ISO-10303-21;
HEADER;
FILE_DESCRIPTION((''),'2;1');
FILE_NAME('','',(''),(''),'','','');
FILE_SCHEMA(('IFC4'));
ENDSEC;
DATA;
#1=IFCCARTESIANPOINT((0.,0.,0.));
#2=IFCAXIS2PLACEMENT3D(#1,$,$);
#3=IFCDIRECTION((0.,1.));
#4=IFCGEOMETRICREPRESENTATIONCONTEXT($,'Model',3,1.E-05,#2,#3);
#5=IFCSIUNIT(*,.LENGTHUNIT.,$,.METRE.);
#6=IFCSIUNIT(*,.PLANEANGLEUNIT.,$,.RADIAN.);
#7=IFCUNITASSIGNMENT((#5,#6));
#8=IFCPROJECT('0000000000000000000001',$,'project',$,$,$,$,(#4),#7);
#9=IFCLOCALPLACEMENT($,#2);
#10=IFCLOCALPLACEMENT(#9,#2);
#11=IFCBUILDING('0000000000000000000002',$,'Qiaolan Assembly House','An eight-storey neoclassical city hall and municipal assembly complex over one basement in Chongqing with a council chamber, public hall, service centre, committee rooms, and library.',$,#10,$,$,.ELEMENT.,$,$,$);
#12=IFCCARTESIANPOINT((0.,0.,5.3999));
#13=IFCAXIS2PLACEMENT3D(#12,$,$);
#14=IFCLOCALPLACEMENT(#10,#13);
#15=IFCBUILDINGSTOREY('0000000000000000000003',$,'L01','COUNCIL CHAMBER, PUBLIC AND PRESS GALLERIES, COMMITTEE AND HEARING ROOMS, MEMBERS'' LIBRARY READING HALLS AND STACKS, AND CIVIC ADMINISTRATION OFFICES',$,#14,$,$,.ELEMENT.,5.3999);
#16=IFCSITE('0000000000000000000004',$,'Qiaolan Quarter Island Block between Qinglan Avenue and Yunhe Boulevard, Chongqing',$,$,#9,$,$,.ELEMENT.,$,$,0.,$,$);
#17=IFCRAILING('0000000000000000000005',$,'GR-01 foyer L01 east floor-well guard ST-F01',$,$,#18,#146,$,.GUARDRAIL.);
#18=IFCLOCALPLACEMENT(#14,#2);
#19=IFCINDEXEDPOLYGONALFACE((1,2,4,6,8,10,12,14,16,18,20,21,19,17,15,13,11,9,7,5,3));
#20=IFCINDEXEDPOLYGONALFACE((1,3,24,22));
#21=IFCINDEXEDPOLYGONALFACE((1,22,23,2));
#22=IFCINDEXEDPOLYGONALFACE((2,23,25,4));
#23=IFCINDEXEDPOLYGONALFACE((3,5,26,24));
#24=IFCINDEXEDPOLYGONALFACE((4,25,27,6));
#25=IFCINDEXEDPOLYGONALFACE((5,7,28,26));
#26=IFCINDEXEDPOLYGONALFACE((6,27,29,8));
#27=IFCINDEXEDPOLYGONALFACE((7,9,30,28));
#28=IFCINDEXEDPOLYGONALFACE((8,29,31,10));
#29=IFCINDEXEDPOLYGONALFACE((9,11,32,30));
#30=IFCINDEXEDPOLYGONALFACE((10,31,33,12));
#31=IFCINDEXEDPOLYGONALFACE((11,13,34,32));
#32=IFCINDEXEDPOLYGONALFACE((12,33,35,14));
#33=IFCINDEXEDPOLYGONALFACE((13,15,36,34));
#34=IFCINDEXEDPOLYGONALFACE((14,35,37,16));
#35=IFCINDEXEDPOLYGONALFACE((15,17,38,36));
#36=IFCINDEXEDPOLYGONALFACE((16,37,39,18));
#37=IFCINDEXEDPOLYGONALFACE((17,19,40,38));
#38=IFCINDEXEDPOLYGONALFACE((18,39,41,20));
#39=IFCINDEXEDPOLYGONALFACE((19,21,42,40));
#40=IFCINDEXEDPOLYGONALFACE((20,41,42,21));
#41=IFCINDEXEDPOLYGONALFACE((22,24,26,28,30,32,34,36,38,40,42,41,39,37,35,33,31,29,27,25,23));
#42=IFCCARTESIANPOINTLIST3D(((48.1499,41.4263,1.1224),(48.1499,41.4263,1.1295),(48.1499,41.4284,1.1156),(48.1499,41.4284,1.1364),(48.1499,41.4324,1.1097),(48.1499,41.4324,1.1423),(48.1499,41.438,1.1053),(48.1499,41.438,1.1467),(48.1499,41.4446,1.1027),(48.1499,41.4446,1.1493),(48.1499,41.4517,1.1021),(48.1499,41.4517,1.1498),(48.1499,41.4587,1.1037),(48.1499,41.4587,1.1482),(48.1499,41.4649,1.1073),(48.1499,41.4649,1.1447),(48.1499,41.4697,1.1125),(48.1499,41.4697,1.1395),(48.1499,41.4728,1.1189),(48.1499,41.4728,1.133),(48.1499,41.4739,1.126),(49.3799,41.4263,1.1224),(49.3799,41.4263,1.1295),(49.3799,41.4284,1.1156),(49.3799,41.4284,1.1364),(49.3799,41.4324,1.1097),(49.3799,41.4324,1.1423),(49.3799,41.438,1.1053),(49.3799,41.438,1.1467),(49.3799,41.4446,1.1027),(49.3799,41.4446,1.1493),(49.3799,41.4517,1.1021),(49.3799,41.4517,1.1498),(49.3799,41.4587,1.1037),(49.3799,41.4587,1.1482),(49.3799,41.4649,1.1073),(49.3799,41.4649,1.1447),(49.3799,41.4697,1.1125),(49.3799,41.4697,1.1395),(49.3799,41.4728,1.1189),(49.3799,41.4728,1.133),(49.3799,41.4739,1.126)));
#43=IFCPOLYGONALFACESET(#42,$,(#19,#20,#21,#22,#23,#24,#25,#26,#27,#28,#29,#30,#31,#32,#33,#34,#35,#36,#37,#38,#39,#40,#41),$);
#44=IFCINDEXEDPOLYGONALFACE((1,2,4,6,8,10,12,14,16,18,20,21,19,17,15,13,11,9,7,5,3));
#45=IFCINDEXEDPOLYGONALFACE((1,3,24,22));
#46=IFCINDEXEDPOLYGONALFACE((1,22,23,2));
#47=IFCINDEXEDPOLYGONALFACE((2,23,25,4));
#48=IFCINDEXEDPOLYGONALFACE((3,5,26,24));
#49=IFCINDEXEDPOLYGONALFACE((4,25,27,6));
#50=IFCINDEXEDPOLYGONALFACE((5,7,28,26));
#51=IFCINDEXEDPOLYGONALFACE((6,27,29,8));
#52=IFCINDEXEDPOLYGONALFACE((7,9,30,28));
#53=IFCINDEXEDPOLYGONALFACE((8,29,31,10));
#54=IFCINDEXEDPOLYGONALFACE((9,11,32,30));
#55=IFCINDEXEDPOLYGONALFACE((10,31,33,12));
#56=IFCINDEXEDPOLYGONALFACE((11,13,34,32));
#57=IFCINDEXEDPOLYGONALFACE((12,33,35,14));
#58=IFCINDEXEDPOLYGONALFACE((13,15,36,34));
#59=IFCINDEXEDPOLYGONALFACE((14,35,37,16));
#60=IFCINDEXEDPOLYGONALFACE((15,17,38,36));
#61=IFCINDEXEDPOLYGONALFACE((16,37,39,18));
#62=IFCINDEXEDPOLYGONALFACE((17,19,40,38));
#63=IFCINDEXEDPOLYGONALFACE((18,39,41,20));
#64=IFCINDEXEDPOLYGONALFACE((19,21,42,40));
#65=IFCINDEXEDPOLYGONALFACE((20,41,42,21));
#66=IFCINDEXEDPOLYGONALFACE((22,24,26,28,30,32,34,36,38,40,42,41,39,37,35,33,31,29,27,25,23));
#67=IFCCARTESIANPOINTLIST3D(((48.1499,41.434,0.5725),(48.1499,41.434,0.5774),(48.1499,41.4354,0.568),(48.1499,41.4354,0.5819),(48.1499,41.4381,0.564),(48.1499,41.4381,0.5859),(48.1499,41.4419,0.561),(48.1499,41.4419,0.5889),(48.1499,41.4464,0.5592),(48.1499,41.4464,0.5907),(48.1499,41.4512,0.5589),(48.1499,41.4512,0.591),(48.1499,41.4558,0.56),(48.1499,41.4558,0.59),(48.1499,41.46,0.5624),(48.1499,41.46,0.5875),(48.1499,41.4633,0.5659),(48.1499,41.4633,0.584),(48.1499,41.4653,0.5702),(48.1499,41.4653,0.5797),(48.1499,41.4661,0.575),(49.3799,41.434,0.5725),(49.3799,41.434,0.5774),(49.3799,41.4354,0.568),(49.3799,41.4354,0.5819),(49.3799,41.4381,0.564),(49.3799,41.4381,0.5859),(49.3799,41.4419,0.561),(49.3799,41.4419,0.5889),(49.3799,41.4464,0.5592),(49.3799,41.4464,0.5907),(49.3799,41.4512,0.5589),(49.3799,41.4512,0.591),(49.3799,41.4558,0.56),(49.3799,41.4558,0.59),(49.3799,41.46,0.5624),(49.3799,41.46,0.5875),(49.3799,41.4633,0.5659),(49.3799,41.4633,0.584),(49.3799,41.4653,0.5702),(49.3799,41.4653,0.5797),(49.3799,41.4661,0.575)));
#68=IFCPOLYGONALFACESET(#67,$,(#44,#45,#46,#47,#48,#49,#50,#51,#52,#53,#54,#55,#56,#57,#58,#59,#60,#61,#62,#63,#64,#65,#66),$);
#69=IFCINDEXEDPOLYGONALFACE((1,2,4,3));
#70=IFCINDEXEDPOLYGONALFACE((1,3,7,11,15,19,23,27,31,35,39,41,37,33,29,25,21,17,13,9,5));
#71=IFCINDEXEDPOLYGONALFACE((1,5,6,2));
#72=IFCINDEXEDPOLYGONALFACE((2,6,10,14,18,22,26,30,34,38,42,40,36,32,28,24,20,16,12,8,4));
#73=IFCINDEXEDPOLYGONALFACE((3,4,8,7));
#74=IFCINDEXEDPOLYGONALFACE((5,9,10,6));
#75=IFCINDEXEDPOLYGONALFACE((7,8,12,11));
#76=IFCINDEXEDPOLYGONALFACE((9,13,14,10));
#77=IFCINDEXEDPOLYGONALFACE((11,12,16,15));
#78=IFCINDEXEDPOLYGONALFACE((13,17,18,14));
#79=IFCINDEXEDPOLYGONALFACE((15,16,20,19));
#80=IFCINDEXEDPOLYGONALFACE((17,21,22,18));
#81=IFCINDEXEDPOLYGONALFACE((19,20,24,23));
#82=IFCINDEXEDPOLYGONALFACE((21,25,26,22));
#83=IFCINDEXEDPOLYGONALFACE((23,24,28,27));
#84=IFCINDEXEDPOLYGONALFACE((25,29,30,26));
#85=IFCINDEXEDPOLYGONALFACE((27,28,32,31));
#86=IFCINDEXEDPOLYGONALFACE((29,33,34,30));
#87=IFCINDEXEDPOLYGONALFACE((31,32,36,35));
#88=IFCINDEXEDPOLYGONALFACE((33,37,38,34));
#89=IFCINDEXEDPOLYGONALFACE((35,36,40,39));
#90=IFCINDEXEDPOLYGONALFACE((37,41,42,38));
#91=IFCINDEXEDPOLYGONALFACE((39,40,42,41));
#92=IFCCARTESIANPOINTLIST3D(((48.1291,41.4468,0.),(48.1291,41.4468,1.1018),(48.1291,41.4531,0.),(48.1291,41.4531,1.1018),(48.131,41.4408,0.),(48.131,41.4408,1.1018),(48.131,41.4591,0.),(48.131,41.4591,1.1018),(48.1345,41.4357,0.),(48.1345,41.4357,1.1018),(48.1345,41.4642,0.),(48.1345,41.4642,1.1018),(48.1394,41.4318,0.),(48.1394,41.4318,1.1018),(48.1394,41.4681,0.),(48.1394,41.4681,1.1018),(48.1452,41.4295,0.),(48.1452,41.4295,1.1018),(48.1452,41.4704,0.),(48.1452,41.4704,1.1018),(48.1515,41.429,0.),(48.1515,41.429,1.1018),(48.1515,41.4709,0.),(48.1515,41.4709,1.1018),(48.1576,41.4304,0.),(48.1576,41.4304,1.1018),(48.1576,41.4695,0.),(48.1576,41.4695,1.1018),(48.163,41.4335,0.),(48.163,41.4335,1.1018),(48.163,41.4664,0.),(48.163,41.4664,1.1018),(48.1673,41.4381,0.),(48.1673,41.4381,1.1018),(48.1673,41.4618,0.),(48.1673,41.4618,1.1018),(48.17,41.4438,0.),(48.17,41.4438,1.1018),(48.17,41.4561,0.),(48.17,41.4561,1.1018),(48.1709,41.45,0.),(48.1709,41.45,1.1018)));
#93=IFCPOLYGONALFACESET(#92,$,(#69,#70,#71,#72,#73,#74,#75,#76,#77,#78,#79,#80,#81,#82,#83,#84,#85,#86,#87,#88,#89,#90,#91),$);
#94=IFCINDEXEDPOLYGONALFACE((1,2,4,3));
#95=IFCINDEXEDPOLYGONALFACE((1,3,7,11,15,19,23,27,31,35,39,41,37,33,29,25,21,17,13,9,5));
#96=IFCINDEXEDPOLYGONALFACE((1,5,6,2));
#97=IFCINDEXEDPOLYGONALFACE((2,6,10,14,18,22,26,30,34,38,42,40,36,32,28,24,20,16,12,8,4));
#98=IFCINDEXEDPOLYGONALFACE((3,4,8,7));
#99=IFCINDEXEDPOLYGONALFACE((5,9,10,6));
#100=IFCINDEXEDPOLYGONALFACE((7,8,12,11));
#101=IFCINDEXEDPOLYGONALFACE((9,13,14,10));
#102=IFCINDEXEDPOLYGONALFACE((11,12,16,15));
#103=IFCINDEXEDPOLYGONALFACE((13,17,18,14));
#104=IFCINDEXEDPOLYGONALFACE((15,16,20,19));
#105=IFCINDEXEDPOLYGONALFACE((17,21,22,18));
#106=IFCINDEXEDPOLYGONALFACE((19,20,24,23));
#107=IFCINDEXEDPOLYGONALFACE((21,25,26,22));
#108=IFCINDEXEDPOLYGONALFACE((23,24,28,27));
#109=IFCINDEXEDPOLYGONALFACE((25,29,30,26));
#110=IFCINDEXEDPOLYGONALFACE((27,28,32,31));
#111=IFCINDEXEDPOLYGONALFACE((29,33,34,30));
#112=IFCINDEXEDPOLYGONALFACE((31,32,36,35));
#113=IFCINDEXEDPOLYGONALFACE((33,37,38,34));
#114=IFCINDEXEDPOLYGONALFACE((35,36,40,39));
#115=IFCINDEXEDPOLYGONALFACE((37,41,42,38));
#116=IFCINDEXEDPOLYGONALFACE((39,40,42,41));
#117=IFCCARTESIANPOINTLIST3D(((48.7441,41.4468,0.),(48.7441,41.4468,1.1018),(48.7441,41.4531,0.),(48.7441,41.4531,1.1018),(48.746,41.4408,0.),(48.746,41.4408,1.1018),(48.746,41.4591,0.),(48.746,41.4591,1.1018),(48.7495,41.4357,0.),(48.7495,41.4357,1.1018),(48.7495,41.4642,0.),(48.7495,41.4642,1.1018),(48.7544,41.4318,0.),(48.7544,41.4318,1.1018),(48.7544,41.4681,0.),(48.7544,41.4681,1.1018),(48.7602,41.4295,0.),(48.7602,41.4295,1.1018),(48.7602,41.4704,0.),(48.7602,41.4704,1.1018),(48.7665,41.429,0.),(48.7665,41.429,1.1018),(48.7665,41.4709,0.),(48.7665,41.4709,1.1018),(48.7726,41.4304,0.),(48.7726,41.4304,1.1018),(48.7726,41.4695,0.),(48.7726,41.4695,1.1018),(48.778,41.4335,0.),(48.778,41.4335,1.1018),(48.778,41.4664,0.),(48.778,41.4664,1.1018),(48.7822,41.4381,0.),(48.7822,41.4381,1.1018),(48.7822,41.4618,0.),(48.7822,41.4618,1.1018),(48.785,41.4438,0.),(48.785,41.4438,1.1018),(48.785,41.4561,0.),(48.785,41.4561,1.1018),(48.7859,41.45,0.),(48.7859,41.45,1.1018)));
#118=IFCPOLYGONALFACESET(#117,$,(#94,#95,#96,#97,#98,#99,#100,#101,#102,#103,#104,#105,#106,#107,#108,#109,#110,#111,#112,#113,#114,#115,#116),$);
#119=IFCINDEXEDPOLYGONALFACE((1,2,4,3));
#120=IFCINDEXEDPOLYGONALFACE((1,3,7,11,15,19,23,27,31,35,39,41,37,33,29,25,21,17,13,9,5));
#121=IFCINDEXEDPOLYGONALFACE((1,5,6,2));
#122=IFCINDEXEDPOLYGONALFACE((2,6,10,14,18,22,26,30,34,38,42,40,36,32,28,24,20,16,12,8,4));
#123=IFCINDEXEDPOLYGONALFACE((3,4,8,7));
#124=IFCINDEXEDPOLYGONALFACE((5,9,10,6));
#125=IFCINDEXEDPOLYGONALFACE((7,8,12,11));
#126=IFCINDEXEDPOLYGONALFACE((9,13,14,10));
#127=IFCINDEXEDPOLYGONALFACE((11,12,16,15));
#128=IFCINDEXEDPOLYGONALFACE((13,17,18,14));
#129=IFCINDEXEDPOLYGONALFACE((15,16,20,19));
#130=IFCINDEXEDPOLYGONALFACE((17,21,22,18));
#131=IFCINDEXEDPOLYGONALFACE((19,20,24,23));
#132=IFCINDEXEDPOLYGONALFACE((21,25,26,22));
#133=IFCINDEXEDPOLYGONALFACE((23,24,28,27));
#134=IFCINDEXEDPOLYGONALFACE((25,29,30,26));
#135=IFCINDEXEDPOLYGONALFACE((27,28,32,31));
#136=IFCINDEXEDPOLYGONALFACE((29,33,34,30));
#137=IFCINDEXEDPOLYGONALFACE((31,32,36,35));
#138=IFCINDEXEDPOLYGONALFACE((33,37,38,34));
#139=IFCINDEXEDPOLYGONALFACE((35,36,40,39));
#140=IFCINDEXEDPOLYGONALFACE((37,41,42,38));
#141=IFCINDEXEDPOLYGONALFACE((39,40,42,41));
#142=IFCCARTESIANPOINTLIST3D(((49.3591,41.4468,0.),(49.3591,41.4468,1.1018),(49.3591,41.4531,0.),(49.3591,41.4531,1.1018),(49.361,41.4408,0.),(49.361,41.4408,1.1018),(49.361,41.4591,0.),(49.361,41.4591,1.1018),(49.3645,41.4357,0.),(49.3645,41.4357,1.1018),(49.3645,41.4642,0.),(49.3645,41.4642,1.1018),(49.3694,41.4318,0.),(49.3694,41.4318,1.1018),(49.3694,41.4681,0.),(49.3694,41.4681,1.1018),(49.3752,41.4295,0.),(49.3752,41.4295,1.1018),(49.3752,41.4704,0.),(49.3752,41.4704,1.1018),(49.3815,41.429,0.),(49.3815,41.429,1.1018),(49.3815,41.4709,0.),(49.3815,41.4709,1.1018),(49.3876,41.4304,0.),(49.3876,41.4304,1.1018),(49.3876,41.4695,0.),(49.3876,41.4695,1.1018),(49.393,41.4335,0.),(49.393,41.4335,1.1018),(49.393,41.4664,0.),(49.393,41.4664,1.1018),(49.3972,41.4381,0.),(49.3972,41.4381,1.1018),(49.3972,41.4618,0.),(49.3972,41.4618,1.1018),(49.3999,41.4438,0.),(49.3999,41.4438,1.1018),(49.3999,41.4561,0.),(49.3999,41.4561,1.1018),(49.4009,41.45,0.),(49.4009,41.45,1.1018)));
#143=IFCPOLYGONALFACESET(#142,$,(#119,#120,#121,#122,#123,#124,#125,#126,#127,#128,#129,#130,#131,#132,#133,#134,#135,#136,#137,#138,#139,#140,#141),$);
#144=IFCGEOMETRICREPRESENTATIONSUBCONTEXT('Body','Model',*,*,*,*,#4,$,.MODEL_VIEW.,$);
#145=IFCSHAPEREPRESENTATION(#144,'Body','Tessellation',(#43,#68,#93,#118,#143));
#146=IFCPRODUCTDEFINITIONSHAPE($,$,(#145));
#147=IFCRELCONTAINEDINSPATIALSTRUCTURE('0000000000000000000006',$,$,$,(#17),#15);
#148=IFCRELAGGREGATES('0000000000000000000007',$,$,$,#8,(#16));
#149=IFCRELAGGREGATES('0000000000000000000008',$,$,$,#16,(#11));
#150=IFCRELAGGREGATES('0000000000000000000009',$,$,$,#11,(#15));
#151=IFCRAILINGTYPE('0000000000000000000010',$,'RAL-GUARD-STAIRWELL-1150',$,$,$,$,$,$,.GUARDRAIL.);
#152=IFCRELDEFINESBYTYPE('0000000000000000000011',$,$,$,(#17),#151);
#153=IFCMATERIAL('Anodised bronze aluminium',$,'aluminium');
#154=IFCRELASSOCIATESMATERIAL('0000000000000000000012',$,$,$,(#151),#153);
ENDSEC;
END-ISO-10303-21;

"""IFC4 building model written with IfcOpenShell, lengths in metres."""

from ifc_helpers import new_model, si_unit, direction, frame, origin, origin_2d, place, context, subcontext, project, spatial, circle, extrude, material, type_object, element, save


model = new_model("IFC4")

# Units and contexts
model_context = context("Model", 3, precision=1e-05, world=origin(), true_north=direction((0.0, 1.0)))
body_context = subcontext(model_context, "Body", "Model", "MODEL_VIEW")
ifc_project = project(units=[si_unit("LENGTHUNIT", "METRE"), si_unit("PLANEANGLEUNIT", "RADIAN")], contexts=[model_context])

# Site, building, storey
site_placement = place(None, origin())
site = spatial("IfcSite", under=ifc_project, at=site_placement, Name="Qiaolan Quarter Island Block between Qinglan Avenue and Yunhe Boulevard, Chongqing", CompositionType="ELEMENT", RefElevation=0.0)
building_placement = place(site_placement, origin())
building = spatial("IfcBuilding", under=site, at=building_placement, Name="Qiaolan Assembly House", Description="An eight-storey neoclassical city hall and municipal assembly complex over one basement in Chongqing with a council chamber, public hall, service centre, committee rooms, and library.", CompositionType="ELEMENT")
storey_placement = place(building_placement, frame((0.0, 0.0, 5.3999)))
storey = spatial("IfcBuildingStorey", under=building, at=storey_placement, Name="L01", Description="COUNCIL CHAMBER, PUBLIC AND PRESS GALLERIES, COMMITTEE AND HEARING ROOMS, MEMBERS' LIBRARY READING HALLS AND STACKS, AND CIVIC ADMINISTRATION OFFICES", CompositionType="ELEMENT", Elevation=5.3999)

# Railing
ifc_material_1 = material(Name="Anodised bronze aluminium", Category="aluminium")
railing_type_1 = type_object("IfcRailingType", Name="RAL-GUARD-STAIRWELL-1150", PredefinedType="GUARDRAIL", material=ifc_material_1)
railing_1_placement = place(storey_placement, frame((48.1499, 41.45, 0.0)))
element("IfcRailing", 1, at=railing_1_placement, inside=storey, type_object=railing_type_1, Name="GR-01 foyer L01 east floor-well guard ST-F01", PredefinedType="GUARDRAIL", context=body_context, shape_type="SweptSolid", body=[
    extrude(circle(Radius=0.0239, at=origin_2d()), frame((0.0, 0.0, 1.126), z_axis=(1.0, 0.0, 0.0), x_axis=(0.0, 1.0, 0.0)), (0.0, 0.0, 1.0), 1.23),
    extrude(circle(Radius=0.0161, at=origin_2d()), frame((0.0, 0.0, 0.575), z_axis=(1.0, 0.0, 0.0), x_axis=(0.0, 1.0, 0.0)), (0.0, 0.0, 1.0), 1.23),
    extrude(circle(Radius=0.021, at=origin_2d()), origin(), (0.0, 0.0, 1.0), 1.1018),
    extrude(circle(Radius=0.021, at=origin_2d()), frame((0.615, 0.0, 0.0)), (0.0, 0.0, 1.0), 1.1018),
    extrude(circle(Radius=0.021, at=origin_2d()), frame((1.23, 0.0, 0.0)), (0.0, 0.0, 1.0), 1.1018),
])

save(model, "model.ifc")
